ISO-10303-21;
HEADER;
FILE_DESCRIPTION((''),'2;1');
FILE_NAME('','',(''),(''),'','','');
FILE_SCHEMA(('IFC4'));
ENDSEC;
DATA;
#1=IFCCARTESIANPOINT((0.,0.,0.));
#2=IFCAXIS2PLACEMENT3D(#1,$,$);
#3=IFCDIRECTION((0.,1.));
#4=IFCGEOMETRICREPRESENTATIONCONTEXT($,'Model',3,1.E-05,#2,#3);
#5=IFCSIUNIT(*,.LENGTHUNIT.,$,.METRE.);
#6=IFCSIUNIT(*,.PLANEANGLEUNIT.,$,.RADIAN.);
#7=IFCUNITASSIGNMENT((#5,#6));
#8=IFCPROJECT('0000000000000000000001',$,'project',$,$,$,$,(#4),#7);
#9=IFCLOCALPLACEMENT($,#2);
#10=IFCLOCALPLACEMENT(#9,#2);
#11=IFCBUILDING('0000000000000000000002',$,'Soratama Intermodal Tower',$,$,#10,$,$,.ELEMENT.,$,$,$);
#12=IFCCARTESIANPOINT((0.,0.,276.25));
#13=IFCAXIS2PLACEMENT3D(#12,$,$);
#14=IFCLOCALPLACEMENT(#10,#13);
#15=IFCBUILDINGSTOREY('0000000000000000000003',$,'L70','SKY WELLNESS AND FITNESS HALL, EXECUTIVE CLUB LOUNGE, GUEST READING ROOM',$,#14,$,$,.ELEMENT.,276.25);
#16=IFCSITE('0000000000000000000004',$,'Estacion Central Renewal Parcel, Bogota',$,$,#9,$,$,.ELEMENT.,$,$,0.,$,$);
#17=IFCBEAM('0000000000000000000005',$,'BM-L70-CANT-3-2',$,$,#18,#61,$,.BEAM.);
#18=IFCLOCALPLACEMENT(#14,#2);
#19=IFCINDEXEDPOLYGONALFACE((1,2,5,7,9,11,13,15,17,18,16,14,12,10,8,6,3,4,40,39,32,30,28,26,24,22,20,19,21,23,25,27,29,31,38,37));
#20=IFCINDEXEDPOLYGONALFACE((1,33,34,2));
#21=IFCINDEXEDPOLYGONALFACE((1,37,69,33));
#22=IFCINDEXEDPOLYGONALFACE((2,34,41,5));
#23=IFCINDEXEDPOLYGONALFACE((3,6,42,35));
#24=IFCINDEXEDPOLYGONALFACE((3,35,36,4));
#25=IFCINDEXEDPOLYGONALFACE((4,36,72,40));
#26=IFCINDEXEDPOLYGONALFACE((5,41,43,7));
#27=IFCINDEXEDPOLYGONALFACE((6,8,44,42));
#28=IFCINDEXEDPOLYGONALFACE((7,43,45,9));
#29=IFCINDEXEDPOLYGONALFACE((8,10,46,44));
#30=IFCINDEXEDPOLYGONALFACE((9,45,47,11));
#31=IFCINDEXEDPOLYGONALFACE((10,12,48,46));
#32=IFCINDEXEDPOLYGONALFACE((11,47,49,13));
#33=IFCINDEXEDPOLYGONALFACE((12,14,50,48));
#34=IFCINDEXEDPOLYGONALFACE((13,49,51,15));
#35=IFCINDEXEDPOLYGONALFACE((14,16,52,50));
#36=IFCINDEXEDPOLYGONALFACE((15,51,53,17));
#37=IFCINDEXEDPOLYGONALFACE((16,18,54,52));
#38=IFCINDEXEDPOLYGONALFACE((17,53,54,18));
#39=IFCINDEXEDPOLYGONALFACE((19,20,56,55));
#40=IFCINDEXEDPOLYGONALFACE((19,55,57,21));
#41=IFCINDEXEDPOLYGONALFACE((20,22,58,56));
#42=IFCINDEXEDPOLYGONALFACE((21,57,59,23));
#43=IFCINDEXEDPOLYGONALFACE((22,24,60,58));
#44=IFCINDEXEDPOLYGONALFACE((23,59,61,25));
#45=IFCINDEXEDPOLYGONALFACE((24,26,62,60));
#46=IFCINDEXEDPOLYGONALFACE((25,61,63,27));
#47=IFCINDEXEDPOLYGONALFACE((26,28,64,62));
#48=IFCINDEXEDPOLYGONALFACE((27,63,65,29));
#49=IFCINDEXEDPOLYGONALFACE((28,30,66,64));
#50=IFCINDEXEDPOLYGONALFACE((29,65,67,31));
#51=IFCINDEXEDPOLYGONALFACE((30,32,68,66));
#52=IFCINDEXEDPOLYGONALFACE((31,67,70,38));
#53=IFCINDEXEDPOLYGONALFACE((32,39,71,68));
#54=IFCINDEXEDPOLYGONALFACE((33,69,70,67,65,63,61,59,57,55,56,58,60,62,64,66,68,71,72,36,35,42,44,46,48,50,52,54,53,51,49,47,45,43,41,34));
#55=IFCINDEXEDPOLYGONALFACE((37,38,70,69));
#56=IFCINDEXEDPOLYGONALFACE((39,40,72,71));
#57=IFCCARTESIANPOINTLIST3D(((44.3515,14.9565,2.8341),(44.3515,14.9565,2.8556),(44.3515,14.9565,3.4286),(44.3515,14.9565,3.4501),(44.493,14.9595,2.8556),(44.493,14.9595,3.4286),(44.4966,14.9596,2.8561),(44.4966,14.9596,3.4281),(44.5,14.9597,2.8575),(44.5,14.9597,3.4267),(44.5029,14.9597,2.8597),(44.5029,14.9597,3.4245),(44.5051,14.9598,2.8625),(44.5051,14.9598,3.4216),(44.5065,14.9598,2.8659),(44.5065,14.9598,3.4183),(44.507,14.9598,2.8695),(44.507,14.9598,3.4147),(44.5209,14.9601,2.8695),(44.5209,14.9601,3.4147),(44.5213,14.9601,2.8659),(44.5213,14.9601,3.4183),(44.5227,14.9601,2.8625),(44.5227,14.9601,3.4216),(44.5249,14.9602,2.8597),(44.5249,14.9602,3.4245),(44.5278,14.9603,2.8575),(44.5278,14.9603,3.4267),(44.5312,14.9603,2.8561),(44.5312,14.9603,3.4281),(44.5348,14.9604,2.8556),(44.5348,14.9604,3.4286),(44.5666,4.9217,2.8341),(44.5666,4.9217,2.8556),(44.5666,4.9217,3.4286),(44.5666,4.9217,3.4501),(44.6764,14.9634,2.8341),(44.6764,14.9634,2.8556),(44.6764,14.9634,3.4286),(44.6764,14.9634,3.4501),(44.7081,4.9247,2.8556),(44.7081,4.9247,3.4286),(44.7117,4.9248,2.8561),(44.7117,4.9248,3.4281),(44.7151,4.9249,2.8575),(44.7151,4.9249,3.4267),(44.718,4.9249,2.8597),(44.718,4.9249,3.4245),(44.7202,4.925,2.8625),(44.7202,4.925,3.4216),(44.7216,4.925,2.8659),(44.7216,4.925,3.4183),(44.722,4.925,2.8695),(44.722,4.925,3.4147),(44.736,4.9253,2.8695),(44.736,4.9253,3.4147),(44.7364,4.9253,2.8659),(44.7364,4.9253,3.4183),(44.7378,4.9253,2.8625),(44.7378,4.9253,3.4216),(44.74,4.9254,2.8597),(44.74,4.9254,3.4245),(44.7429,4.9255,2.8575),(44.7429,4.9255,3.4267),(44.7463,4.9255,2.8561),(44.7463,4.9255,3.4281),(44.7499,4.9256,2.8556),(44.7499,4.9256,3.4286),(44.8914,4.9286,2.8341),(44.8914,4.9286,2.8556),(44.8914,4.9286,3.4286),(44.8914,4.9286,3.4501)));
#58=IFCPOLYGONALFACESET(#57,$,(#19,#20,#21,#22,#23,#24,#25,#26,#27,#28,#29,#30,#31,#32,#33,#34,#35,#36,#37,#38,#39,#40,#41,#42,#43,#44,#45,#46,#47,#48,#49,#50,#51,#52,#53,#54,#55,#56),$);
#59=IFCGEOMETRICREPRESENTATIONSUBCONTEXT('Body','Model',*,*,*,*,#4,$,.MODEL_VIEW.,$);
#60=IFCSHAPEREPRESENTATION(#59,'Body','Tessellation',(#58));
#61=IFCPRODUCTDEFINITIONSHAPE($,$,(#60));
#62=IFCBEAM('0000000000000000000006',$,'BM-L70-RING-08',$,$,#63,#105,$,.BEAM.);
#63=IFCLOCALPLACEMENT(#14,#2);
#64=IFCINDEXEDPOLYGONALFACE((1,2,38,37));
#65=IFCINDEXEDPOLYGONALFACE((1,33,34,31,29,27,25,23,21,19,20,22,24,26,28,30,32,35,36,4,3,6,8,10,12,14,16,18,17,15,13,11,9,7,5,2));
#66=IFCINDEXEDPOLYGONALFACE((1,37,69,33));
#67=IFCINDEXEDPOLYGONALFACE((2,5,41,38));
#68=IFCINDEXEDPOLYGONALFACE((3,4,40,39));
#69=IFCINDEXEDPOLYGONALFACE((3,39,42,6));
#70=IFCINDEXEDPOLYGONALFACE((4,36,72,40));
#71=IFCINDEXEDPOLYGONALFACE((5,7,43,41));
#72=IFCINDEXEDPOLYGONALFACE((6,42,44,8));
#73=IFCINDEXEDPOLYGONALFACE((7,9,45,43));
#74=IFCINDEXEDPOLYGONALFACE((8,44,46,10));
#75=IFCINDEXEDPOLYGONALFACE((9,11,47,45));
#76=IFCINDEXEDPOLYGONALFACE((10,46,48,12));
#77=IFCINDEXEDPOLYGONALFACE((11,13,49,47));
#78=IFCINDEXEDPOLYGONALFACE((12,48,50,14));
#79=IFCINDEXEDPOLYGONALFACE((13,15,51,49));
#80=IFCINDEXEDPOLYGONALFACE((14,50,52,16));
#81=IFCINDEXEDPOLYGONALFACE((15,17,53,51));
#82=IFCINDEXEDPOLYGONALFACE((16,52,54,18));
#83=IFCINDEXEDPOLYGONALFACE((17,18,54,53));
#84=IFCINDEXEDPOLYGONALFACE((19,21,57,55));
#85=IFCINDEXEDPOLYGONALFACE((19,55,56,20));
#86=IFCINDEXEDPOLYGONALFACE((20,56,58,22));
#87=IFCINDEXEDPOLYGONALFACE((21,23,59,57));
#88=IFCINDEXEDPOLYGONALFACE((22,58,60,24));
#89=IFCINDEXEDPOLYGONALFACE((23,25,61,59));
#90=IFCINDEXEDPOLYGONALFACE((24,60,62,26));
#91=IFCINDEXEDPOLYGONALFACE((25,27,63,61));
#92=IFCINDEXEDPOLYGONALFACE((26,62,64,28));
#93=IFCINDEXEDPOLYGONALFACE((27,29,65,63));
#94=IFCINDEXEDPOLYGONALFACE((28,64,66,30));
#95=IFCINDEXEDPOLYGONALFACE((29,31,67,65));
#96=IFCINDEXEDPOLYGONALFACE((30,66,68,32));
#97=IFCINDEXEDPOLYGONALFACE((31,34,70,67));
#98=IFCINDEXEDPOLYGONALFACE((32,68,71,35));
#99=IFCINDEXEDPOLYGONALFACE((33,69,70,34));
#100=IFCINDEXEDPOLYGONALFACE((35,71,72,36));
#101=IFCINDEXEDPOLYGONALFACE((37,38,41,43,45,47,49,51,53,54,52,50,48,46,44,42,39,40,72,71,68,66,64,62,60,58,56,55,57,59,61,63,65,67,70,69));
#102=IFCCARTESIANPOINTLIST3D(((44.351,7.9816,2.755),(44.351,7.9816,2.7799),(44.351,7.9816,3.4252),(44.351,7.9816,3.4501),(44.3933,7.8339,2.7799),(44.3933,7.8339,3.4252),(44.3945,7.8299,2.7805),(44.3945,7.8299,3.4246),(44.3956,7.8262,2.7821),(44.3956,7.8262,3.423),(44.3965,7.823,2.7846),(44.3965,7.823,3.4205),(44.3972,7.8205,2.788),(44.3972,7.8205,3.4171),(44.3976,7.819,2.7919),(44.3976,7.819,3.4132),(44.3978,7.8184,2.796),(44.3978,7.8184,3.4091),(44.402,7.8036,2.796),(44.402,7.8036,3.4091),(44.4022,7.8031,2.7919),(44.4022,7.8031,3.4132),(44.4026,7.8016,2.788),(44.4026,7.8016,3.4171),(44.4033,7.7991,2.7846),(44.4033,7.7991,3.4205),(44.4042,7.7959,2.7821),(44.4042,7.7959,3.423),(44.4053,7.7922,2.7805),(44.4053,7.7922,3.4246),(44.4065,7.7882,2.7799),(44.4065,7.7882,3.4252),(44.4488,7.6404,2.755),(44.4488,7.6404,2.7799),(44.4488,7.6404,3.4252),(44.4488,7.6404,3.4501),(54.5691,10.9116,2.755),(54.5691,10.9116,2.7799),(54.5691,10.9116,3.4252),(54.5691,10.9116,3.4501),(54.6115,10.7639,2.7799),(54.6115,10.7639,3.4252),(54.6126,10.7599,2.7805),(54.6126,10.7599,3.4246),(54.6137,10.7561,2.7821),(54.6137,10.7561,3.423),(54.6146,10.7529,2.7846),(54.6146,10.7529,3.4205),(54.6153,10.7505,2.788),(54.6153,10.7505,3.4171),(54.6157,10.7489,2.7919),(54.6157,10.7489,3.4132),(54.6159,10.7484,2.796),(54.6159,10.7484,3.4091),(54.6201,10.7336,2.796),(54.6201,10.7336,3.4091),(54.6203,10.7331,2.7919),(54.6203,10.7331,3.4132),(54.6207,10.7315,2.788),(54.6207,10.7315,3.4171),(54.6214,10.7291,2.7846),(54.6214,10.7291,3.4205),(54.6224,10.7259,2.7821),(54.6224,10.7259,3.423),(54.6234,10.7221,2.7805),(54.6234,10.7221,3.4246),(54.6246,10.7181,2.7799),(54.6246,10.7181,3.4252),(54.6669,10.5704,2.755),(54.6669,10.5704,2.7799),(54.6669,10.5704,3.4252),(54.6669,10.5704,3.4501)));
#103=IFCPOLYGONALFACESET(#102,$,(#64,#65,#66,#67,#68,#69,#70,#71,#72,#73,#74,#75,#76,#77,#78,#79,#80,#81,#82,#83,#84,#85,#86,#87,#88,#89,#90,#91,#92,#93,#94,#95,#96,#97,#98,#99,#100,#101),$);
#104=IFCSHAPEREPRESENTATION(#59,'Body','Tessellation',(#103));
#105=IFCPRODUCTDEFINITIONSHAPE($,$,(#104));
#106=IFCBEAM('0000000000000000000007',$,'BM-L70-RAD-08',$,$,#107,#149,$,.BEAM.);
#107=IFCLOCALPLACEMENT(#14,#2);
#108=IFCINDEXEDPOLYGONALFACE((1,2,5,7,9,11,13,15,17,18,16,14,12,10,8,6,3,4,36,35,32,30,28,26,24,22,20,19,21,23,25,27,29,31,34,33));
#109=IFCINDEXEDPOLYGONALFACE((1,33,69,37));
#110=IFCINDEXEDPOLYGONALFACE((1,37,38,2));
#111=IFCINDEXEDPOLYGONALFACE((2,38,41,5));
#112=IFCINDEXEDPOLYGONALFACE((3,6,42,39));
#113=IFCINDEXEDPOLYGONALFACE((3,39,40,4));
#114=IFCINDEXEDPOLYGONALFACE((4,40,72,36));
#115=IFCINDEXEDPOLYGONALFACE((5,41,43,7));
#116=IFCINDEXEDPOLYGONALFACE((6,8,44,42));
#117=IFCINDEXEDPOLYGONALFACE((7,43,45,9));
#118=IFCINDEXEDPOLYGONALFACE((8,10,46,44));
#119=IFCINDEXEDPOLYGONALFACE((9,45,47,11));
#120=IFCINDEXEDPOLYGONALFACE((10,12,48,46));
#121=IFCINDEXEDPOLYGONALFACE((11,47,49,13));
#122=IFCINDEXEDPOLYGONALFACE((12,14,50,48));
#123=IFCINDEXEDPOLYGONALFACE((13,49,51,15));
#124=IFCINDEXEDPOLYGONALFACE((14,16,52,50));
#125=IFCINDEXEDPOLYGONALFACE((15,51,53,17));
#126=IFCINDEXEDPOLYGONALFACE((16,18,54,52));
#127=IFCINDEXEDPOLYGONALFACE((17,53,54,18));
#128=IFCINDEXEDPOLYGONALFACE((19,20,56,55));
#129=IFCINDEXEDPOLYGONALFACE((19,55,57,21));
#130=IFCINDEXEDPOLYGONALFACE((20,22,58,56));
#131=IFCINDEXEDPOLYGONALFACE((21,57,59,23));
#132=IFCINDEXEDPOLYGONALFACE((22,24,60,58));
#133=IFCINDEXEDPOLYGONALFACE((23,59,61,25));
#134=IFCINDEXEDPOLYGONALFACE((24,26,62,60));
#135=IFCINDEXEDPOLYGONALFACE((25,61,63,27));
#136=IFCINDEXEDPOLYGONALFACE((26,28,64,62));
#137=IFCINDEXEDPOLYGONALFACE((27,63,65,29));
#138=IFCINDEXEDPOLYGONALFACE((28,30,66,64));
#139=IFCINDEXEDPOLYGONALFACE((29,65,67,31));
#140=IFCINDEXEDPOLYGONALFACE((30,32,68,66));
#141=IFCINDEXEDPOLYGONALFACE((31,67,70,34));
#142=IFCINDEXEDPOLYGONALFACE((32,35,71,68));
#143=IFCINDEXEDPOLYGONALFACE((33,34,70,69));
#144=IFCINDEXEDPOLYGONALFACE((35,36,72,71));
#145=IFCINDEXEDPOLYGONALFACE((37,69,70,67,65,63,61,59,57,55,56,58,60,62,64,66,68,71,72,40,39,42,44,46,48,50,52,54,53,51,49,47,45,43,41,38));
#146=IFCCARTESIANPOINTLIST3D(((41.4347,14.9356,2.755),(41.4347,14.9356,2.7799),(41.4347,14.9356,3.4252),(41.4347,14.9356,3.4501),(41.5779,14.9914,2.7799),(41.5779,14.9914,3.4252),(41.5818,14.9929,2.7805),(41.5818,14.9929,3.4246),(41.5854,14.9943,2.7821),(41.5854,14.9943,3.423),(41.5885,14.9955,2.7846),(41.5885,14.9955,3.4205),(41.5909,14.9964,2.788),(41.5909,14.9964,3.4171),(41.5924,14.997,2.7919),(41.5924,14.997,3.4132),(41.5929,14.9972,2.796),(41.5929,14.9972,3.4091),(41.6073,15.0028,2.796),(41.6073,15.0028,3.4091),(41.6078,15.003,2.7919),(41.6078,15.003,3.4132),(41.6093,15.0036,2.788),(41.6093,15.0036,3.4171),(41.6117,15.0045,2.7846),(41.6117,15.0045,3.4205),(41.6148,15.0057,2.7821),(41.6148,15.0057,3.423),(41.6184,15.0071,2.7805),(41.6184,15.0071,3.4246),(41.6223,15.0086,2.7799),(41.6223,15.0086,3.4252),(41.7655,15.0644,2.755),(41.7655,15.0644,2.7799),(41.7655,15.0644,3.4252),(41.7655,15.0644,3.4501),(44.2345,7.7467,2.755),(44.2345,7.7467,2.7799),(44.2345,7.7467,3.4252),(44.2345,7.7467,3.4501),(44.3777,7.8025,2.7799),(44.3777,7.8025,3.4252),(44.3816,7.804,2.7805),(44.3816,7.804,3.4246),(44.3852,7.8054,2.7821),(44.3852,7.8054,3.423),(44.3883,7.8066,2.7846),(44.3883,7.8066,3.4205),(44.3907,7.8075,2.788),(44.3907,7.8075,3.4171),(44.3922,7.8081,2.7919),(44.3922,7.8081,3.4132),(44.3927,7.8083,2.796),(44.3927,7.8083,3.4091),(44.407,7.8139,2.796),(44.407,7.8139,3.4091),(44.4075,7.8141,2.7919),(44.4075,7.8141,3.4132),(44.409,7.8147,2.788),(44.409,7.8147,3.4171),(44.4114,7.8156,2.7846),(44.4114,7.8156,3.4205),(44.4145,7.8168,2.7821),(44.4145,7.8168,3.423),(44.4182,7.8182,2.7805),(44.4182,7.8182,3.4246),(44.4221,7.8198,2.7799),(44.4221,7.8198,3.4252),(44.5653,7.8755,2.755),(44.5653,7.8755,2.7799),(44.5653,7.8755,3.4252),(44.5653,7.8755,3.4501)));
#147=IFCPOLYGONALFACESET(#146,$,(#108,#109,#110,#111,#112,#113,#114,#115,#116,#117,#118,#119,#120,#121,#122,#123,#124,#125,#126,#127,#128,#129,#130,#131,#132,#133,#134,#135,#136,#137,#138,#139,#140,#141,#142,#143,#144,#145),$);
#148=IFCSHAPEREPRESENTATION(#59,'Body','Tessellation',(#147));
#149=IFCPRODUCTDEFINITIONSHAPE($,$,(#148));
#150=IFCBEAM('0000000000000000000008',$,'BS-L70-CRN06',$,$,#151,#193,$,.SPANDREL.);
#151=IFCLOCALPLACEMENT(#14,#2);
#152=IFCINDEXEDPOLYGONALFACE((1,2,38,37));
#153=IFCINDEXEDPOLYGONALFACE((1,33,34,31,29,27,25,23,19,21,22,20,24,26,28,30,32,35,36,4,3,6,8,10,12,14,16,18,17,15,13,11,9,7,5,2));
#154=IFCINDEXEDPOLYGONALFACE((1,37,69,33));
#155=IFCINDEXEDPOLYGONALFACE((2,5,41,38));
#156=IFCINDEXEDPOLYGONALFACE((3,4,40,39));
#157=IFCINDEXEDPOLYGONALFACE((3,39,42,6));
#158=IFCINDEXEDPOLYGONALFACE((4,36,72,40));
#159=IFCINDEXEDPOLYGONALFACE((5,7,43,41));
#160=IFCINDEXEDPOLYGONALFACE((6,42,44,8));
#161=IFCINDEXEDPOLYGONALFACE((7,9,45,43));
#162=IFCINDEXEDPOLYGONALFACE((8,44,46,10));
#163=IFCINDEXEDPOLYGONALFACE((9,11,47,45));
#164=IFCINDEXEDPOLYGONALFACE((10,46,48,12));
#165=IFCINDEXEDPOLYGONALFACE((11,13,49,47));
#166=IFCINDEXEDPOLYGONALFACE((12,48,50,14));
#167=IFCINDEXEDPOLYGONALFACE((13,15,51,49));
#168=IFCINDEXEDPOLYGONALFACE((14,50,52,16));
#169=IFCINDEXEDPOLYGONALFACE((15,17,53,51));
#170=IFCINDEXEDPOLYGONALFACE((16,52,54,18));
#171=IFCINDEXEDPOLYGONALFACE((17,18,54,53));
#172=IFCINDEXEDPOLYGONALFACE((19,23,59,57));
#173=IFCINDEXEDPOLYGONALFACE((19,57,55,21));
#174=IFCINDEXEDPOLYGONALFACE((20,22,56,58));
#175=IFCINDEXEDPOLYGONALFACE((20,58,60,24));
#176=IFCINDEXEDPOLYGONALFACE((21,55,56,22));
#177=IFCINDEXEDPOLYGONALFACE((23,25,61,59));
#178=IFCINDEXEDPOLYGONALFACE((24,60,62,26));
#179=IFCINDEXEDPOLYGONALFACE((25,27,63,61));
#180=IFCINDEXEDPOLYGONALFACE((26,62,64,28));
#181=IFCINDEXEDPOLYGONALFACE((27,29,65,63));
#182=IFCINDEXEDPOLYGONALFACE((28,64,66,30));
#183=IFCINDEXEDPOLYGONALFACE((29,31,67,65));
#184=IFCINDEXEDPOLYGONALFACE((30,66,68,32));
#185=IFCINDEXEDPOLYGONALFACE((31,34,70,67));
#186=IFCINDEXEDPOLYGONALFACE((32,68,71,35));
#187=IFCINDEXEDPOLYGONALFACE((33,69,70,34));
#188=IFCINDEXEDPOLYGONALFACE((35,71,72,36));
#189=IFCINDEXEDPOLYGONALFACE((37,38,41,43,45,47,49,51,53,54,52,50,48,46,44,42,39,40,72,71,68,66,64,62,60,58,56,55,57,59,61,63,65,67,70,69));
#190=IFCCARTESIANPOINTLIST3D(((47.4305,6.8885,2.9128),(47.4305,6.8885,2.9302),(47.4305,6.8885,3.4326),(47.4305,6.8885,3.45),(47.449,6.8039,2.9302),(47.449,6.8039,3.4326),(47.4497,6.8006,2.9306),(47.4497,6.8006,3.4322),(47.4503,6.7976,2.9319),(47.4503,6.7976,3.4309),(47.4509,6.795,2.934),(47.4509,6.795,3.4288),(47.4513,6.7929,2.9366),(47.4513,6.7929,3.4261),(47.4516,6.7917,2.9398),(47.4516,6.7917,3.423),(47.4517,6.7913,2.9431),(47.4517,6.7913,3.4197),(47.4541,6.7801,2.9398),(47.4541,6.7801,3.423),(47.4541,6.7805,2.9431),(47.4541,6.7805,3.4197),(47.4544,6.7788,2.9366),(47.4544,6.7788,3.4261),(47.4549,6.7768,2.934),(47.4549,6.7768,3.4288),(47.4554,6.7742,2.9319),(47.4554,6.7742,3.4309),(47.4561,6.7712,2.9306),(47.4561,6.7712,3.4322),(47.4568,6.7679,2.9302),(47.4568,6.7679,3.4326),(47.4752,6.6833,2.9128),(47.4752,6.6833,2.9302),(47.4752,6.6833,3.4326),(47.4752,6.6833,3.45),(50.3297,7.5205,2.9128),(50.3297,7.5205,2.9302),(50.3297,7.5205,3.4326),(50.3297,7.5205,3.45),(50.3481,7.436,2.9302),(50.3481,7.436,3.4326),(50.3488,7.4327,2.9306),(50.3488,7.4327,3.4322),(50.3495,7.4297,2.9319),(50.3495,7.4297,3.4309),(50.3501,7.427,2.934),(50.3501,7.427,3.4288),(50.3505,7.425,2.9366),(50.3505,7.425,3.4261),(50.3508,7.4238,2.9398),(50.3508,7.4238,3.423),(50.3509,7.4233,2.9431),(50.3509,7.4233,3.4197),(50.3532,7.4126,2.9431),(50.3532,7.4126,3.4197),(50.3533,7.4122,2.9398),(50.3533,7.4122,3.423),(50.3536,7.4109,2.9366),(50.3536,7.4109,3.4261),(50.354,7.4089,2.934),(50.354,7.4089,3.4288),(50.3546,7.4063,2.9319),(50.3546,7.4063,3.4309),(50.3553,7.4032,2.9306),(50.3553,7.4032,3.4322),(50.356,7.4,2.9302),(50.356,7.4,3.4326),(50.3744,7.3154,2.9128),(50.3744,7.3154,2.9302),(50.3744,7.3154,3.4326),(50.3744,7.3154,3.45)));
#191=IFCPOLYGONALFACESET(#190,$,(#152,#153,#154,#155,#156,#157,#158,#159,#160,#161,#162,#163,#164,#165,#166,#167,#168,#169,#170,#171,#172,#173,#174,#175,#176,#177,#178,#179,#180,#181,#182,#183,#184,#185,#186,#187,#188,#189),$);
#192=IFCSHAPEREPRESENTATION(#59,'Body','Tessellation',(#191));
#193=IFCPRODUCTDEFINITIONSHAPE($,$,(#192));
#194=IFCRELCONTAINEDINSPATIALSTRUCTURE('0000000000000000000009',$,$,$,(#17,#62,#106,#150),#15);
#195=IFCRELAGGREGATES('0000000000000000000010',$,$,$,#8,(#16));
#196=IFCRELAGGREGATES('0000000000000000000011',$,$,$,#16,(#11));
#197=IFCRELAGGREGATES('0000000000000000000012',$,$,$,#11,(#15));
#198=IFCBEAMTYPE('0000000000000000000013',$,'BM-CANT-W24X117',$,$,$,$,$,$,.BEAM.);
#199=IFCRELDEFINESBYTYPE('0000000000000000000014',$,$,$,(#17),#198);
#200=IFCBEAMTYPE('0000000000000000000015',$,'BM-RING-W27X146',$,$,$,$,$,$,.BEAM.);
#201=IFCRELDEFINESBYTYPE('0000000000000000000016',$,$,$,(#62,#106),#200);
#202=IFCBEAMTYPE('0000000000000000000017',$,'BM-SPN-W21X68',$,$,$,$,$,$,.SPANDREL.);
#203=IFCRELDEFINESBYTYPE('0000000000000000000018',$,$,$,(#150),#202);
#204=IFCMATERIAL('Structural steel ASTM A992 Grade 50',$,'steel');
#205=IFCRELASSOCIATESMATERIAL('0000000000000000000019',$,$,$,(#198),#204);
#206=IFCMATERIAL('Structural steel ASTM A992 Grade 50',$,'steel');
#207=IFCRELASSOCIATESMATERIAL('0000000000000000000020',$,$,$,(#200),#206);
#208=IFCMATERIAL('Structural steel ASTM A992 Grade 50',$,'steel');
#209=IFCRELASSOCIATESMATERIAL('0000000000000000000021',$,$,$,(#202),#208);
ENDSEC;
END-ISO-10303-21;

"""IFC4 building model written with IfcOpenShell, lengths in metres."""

from ifc_helpers import new_model, si_unit, direction, frame, origin, origin_2d, place, context, subcontext, project, spatial, i_section, extrude, material, material_profile, profile_set, type_object, element, save


model = new_model("IFC4")

# Units and contexts
model_context = context("Model", 3, precision=1e-05, world=origin(), true_north=direction((0.0, 1.0)))
body_context = subcontext(model_context, "Body", "Model", "MODEL_VIEW")
ifc_project = project(units=[si_unit("LENGTHUNIT", "METRE"), si_unit("PLANEANGLEUNIT", "RADIAN")], contexts=[model_context])

# Site, building, storey
site_placement = place(None, origin())
site = spatial("IfcSite", under=ifc_project, at=site_placement, Name="Estacion Central Renewal Parcel, Bogota", CompositionType="ELEMENT", RefElevation=0.0)
building_placement = place(site_placement, origin())
building = spatial("IfcBuilding", under=site, at=building_placement, Name="Soratama Intermodal Tower", CompositionType="ELEMENT")
storey_placement = place(building_placement, frame((0.0, 0.0, 276.25)))
storey = spatial("IfcBuildingStorey", under=building, at=storey_placement, Name="L70", Description="SKY WELLNESS AND FITNESS HALL, EXECUTIVE CLUB LOUNGE, GUEST READING ROOM", CompositionType="ELEMENT", Elevation=276.25)

# Beams
ifc_material_1 = material(Name="Structural steel ASTM A992 Grade 50", Category="steel")
ifc_material_profile_1 = material_profile(ifc_material_1, i_section(OverallWidth=0.325, OverallDepth=0.616, WebThickness=0.0139, FlangeThickness=0.0215, FilletRadius=0.0139, at=origin_2d()), Name="W24X117")
ifc_profile_set_1 = profile_set([ifc_material_profile_1], Name="Structural steel ASTM A992 Grade 50")
beam_type_1 = type_object("IfcBeamType", Name="BM-CANT-W24X117", PredefinedType="BEAM", material=ifc_profile_set_1)
beam_1_placement = place(storey_placement, frame((44.5139, 14.96, 3.1421), z_axis=(0.021429, -0.99977, 0.0), x_axis=(0.99977, 0.021429, 0.0)))
element("IfcBeam", 1, at=beam_1_placement, inside=storey, type_object=beam_type_1, Name="BM-L70-CANT-3-2", PredefinedType="BEAM", context=body_context, shape_type="SweptSolid", body=[
    extrude(i_section(OverallWidth=0.325, OverallDepth=0.616, WebThickness=0.0139, FlangeThickness=0.0215, FilletRadius=0.0139, at=origin_2d()), origin(), (0.0, 0.0, 1.0), 10.0371),
])
ifc_material_2 = material(Name="Structural steel ASTM A992 Grade 50", Category="steel")
ifc_material_profile_2 = material_profile(ifc_material_2, i_section(OverallWidth=0.355, OverallDepth=0.6951, WebThickness=0.0154, FlangeThickness=0.0249, FilletRadius=0.0161, at=origin_2d()), Name="W27X146")
ifc_profile_set_2 = profile_set([ifc_material_profile_2], Name="Structural steel ASTM A992 Grade 50")
beam_type_2 = type_object("IfcBeamType", Name="BM-RING-W27X146", PredefinedType="BEAM", material=ifc_profile_set_2)
beam_2_placement = place(storey_placement, frame((44.3999, 7.811, 3.1025), z_axis=(0.961263, 0.275634, 0.0), x_axis=(-0.275634, 0.961263, 0.0)))
element("IfcBeam", 2, at=beam_2_placement, inside=storey, type_object=beam_type_2, Name="BM-L70-RING-08", PredefinedType="BEAM", context=body_context, shape_type="SweptSolid", body=[
    extrude(i_section(OverallWidth=0.355, OverallDepth=0.6951, WebThickness=0.0154, FlangeThickness=0.0249, FilletRadius=0.0161, at=origin_2d()), origin(), (0.0, 0.0, 1.0), 10.6299),
])
beam_3_placement = place(storey_placement, frame((41.6001, 15.0, 3.1025), z_axis=(0.362907, -0.931825, 0.0), x_axis=(0.931825, 0.362907, 0.0)))
element("IfcBeam", 3, at=beam_3_placement, inside=storey, type_object=beam_type_2, Name="BM-L70-RAD-08", PredefinedType="BEAM", context=body_context, shape_type="SweptSolid", body=[
    extrude(i_section(OverallWidth=0.355, OverallDepth=0.6951, WebThickness=0.0154, FlangeThickness=0.0249, FilletRadius=0.0161, at=origin_2d()), origin(), (0.0, 0.0, 1.0), 7.7148),
])
ifc_material_3 = material(Name="Structural steel ASTM A992 Grade 50", Category="steel")
ifc_material_profile_3 = material_profile(ifc_material_3, i_section(OverallWidth=0.21, OverallDepth=0.5371, WebThickness=0.011, FlangeThickness=0.0173, FilletRadius=0.0129, at=origin_2d()), Name="W21X68")
ifc_profile_set_3 = profile_set([ifc_material_profile_3], Name="Structural steel ASTM A992 Grade 50")
beam_type_3 = type_object("IfcBeamType", Name="BM-SPN-W21X68", PredefinedType="SPANDREL", material=ifc_profile_set_3)
beam_4_placement = place(storey_placement, frame((47.4529, 6.7859, 3.1814), z_axis=(0.977048, 0.213017, 0.0), x_axis=(-0.213017, 0.977048, 0.0)))
element("IfcBeam", 4, at=beam_4_placement, inside=storey, type_object=beam_type_3, Name="BS-L70-CRN06", PredefinedType="SPANDREL", context=body_context, shape_type="SweptSolid", body=[
    extrude(i_section(OverallWidth=0.21, OverallDepth=0.5371, WebThickness=0.011, FlangeThickness=0.0173, FilletRadius=0.0129, at=origin_2d()), origin(), (0.0, 0.0, 1.0), 2.9673),
])

save(model, "model.ifc")
